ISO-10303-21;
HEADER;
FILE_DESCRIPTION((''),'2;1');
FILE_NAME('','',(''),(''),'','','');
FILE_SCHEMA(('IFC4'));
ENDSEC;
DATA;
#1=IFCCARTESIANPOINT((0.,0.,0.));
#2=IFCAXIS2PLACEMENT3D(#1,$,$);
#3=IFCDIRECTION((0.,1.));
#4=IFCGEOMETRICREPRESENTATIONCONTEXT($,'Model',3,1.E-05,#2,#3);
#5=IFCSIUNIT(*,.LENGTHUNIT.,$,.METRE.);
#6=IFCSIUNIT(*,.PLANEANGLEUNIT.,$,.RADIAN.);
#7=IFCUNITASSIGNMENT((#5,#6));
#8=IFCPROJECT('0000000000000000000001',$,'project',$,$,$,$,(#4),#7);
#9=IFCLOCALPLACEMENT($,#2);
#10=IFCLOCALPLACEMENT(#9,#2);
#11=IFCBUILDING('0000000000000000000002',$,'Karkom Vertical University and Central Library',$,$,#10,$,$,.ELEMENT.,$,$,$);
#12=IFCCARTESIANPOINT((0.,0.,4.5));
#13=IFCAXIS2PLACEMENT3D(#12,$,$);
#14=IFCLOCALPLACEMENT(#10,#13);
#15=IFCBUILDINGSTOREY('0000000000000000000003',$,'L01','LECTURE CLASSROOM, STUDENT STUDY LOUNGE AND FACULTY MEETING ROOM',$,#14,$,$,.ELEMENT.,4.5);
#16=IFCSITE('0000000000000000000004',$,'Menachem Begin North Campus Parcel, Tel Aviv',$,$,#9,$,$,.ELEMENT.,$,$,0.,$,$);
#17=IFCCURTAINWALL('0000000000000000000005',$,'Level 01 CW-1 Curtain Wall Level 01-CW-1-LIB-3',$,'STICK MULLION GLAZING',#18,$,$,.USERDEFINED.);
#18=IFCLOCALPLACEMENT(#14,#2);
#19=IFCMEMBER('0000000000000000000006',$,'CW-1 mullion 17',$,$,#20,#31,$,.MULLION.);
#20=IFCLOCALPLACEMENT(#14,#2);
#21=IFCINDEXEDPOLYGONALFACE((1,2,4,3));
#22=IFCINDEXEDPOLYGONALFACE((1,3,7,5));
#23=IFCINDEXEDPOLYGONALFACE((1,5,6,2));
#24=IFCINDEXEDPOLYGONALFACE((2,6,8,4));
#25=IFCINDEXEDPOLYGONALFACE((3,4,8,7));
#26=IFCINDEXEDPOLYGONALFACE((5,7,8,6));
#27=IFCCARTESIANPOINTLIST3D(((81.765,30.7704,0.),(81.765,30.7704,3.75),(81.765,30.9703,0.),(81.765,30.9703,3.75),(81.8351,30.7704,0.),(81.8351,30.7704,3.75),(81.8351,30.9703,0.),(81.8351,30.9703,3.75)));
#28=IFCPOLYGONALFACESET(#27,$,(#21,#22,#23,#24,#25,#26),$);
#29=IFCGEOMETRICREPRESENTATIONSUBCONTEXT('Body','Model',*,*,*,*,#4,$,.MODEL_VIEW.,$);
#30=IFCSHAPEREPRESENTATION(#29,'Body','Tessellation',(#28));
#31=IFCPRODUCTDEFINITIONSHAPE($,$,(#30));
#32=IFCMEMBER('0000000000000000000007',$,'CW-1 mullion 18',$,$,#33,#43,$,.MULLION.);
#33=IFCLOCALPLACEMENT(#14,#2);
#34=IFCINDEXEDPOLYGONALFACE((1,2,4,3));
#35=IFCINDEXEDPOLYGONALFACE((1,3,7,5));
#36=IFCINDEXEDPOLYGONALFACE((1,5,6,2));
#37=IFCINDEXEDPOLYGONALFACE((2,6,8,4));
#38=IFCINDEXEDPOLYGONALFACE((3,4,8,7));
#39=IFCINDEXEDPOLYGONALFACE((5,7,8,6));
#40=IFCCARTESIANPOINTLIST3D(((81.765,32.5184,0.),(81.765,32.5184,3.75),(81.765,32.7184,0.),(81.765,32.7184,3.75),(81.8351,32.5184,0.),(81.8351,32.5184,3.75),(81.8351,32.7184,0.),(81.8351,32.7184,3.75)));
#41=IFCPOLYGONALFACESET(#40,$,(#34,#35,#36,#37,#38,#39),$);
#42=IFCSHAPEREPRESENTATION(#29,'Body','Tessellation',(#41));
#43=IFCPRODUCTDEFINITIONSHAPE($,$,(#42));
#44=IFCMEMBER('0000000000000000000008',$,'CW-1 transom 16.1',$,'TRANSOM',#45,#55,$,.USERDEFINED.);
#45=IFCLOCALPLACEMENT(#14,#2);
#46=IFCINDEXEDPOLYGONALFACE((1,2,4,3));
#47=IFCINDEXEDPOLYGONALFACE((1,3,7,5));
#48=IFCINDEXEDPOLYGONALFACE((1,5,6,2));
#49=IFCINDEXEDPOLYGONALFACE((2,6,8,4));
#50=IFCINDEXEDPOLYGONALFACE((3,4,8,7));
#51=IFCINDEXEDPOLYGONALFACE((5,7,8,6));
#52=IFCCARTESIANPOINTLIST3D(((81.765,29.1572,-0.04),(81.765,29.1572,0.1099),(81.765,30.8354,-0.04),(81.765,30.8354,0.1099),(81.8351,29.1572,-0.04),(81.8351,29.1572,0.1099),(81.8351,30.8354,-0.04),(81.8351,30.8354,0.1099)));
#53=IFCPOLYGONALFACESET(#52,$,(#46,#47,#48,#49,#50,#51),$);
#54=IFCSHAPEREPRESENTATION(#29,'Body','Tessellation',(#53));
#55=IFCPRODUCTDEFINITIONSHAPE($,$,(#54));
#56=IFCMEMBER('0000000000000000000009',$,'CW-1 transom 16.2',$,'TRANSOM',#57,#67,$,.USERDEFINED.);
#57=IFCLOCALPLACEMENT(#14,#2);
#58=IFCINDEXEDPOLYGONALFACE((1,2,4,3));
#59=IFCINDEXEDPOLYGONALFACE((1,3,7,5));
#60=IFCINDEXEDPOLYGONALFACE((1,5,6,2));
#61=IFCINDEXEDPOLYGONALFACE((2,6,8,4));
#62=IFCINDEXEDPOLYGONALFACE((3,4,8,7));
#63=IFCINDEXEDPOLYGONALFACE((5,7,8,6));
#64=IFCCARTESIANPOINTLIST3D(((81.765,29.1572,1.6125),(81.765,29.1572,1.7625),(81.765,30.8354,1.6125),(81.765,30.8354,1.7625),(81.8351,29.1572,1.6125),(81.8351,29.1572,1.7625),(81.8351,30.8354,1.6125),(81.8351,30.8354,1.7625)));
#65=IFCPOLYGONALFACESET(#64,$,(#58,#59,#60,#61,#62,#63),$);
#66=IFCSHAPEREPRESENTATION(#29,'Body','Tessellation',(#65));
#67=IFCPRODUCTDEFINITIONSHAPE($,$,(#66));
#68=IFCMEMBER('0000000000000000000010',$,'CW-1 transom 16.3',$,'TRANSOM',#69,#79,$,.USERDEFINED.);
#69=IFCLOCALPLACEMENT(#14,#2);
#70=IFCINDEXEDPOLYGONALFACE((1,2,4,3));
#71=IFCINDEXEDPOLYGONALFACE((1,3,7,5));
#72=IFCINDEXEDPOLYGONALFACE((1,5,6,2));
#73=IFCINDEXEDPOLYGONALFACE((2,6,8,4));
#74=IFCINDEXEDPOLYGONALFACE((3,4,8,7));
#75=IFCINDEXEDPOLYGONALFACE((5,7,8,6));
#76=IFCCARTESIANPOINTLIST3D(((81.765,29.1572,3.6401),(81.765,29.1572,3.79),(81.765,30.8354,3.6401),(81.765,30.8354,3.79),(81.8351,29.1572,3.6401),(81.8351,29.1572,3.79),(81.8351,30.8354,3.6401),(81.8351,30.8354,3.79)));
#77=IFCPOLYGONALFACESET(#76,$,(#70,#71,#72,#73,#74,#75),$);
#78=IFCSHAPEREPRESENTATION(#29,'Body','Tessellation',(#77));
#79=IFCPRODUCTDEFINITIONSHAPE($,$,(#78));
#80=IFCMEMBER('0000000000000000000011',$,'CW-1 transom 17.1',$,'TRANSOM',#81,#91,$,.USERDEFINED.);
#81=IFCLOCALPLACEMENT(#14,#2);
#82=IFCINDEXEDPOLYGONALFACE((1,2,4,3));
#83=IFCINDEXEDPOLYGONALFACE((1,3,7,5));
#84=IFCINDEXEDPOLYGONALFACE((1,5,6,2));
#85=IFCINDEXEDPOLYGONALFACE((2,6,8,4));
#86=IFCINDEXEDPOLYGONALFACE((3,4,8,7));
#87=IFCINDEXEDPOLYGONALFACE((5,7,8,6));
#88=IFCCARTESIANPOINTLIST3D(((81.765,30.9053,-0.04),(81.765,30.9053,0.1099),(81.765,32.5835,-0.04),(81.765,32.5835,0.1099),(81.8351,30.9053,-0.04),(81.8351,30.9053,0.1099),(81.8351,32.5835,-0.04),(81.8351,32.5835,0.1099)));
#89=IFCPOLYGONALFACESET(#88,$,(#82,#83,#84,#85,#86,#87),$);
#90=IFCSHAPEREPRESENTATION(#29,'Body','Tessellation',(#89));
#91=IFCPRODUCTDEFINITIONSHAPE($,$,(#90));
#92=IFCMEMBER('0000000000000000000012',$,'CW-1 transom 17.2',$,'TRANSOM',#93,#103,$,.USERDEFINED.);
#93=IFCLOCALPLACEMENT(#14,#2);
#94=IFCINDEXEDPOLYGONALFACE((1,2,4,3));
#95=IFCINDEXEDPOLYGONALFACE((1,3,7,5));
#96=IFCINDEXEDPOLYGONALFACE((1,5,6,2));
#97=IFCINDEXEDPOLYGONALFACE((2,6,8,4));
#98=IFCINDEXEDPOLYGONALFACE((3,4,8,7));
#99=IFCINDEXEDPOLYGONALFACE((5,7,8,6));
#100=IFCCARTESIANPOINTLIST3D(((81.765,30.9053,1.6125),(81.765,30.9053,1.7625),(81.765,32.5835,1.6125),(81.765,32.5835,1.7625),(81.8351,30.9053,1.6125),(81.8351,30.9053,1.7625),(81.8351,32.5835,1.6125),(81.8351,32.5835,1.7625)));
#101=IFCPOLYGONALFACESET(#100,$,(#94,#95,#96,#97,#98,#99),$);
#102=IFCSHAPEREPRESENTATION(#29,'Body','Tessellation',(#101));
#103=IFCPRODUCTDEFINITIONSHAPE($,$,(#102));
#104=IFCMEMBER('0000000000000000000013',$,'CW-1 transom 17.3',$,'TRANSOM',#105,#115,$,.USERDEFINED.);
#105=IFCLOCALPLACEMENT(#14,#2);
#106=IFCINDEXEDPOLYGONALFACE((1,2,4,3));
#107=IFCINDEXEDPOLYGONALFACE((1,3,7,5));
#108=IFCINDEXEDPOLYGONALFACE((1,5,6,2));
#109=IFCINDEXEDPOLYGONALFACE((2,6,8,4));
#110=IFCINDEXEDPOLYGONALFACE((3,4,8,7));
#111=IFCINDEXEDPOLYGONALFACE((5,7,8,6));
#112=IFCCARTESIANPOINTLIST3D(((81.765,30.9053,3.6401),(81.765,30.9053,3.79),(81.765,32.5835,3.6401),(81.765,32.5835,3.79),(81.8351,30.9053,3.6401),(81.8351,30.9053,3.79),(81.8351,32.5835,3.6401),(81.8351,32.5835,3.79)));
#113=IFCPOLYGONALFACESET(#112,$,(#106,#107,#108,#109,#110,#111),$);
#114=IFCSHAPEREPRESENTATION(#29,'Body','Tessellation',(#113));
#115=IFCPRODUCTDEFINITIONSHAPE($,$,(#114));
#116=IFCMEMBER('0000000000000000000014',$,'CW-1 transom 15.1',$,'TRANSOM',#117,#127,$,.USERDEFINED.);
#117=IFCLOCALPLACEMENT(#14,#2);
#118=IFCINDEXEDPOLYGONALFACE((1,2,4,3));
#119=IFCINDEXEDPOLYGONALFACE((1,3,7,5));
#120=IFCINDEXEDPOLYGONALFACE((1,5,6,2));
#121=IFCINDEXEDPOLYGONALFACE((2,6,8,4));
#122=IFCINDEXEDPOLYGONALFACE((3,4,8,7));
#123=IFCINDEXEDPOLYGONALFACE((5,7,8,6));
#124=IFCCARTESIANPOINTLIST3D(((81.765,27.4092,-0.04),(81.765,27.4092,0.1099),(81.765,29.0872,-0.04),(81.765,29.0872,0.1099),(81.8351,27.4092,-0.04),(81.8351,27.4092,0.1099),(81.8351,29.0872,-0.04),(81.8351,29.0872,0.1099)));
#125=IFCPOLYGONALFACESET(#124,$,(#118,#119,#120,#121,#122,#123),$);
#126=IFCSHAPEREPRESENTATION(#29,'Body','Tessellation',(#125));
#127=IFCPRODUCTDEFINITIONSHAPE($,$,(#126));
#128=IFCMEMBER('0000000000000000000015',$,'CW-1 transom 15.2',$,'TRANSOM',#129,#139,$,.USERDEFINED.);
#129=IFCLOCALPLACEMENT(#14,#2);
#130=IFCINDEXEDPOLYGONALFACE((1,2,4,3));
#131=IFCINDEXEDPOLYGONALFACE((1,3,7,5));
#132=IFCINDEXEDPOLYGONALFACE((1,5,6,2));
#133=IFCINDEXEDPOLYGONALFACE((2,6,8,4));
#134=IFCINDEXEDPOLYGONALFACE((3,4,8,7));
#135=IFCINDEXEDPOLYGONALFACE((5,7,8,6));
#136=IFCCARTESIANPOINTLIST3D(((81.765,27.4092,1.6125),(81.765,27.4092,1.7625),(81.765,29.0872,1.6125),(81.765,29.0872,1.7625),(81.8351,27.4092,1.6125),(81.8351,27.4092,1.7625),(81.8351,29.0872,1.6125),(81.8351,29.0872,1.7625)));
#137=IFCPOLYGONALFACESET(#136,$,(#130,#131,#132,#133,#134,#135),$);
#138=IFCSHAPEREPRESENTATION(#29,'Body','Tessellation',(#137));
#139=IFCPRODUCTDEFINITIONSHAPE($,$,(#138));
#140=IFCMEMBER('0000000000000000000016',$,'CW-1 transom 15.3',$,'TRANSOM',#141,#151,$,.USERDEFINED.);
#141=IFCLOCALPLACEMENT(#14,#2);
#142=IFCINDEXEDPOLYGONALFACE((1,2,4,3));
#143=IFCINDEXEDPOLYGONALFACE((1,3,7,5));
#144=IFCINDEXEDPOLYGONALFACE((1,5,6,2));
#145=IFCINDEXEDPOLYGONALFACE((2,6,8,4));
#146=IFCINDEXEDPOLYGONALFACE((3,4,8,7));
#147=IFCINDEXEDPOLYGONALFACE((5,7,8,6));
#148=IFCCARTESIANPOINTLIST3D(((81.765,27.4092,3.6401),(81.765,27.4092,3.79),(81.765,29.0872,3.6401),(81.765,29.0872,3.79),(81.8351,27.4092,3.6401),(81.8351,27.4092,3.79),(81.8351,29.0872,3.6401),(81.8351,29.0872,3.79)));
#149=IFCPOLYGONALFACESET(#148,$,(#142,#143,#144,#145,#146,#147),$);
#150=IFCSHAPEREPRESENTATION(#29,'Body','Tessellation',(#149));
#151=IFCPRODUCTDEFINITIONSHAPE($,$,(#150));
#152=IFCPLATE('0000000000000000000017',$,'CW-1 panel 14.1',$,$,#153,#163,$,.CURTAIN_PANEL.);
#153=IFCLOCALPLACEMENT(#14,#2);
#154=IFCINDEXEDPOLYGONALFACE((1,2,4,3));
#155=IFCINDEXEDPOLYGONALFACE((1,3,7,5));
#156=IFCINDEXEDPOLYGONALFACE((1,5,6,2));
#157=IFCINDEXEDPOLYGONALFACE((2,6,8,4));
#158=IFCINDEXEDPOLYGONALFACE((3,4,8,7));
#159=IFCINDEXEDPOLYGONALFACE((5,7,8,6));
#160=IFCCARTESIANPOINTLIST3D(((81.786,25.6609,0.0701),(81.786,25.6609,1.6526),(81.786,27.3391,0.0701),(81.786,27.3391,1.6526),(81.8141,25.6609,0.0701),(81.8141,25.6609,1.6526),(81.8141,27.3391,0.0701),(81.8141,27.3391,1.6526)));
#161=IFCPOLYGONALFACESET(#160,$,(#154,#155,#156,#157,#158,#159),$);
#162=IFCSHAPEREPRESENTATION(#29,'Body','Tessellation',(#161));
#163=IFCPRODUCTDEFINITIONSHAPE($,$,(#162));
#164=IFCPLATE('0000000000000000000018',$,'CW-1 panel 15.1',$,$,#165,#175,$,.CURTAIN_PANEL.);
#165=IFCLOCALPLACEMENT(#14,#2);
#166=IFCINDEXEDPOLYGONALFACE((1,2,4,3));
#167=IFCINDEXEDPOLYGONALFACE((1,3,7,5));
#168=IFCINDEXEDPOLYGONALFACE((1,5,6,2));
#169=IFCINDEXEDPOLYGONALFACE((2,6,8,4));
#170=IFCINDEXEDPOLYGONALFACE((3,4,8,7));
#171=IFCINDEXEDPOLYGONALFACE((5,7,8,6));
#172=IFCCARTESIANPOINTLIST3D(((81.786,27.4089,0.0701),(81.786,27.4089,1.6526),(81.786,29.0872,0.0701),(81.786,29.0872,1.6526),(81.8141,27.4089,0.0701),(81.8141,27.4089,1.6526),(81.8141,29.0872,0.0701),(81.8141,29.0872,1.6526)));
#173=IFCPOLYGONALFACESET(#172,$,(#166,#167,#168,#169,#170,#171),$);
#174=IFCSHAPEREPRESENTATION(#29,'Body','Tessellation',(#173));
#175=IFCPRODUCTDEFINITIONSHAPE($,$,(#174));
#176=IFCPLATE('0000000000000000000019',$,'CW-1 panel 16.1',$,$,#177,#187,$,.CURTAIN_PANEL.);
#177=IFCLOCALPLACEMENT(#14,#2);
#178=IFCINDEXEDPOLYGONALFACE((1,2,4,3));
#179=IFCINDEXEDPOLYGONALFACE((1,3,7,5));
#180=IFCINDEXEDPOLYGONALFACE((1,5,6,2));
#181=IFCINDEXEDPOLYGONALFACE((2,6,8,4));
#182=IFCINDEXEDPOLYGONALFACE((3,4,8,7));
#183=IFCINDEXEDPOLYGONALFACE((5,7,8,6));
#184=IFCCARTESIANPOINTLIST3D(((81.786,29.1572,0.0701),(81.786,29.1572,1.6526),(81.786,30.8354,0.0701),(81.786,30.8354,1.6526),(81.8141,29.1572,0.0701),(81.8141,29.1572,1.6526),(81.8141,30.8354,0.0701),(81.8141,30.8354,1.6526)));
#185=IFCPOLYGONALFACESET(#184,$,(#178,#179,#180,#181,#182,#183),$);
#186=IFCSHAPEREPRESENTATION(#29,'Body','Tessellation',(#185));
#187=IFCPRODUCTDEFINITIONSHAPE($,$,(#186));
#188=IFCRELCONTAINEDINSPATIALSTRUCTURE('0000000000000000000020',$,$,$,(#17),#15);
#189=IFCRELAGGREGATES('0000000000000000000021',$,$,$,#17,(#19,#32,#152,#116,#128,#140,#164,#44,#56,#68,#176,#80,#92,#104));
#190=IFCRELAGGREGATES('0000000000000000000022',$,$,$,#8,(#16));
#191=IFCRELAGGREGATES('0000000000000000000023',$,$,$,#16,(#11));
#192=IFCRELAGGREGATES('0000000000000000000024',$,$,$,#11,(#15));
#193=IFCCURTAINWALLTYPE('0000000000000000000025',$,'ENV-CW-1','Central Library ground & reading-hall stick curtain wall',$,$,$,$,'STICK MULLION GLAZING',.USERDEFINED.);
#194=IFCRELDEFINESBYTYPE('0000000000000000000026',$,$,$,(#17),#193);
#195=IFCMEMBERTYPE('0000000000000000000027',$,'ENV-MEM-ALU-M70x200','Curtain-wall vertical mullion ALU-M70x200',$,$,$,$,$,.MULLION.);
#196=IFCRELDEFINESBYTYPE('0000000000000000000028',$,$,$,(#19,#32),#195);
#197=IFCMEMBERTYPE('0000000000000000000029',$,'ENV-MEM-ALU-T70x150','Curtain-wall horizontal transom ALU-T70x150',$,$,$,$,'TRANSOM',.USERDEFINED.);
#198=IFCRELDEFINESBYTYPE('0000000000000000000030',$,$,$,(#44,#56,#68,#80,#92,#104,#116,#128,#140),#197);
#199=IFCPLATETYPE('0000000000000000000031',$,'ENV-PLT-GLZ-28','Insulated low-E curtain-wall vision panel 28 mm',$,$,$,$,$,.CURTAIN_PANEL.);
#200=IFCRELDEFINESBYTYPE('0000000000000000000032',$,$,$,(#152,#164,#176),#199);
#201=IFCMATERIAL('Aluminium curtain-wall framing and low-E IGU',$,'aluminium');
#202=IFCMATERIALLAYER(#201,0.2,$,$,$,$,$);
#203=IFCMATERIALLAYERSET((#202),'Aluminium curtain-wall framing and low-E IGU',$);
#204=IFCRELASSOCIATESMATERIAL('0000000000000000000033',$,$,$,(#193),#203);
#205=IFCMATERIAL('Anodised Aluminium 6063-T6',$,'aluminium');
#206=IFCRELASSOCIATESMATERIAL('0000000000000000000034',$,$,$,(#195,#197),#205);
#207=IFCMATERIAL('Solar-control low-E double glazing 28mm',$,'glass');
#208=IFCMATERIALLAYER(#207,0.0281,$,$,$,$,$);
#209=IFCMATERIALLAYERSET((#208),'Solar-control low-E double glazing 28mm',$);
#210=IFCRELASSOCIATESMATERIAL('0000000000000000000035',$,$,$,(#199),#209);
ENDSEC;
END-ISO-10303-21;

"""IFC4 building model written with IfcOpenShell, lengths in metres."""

from ifc_helpers import new_model, si_unit, direction, frame, origin, origin_with_axes, origin_2d, place, context, subcontext, project, spatial, rectangle, extrude, source, transform, mapped, material, layer, layer_set, material_profile, profile_set, type_object, element, aggregate, save


model = new_model("IFC4")

# Units and contexts
model_context = context("Model", 3, precision=1e-05, world=origin(), true_north=direction((0.0, 1.0)))
body_context = subcontext(model_context, "Body", "Model", "MODEL_VIEW")
ifc_project = project(units=[si_unit("LENGTHUNIT", "METRE"), si_unit("PLANEANGLEUNIT", "RADIAN")], contexts=[model_context])

# Site, building, storey
site_placement = place(None, origin())
site = spatial("IfcSite", under=ifc_project, at=site_placement, Name="Menachem Begin North Campus Parcel, Tel Aviv", CompositionType="ELEMENT", RefElevation=0.0)
building_placement = place(site_placement, origin())
building = spatial("IfcBuilding", under=site, at=building_placement, Name="Karkom Vertical University and Central Library", CompositionType="ELEMENT")
storey_placement = place(building_placement, frame((0.0, 0.0, 4.5)))
storey = spatial("IfcBuildingStorey", under=building, at=storey_placement, Name="L01", Description="LECTURE CLASSROOM, STUDENT STUDY LOUNGE AND FACULTY MEETING ROOM", CompositionType="ELEMENT", Elevation=4.5)

# Curtain wall, members, plates
ifc_material_1 = material(Name="Aluminium curtain-wall framing and low-E IGU", Category="aluminium")
ifc_layer_1 = layer(ifc_material_1, 0.2)
ifc_layer_set_1 = layer_set([ifc_layer_1], Name="Aluminium curtain-wall framing and low-E IGU")
curtain_wall_type = type_object("IfcCurtainWallType", Name="ENV-CW-1", Description="Central Library ground & reading-hall stick curtain wall", ElementType="STICK MULLION GLAZING", PredefinedType="USERDEFINED", material=ifc_layer_set_1)
curtain_wall_placement = place(storey_placement, origin())
curtain_wall = element("IfcCurtainWall", 1, at=curtain_wall_placement, inside=storey, type_object=curtain_wall_type, Name="Level 01 CW-1 Curtain Wall Level 01-CW-1-LIB-3", ObjectType="STICK MULLION GLAZING", PredefinedType="USERDEFINED")
ifc_material_2 = material(Name="Anodised Aluminium 6063-T6", Category="aluminium")
ifc_material_profile_1 = material_profile(ifc_material_2, rectangle(XDim=0.0701, YDim=0.2, at=origin_2d()), Name="ALU-M70x200")
ifc_profile_set_1 = profile_set([ifc_material_profile_1], Name="Anodised Aluminium 6063-T6")
member_type_1 = type_object("IfcMemberType", Name="ENV-MEM-ALU-M70x200", Description="Curtain-wall vertical mullion ALU-M70x200", PredefinedType="MULLION", material=ifc_profile_set_1)
shared_shape_1 = source(origin_with_axes(), body_context, "Body", "SweptSolid", [
    extrude(rectangle(XDim=0.0701, YDim=0.2, at=origin_2d()), origin(), (0.0, 0.0, 1.0), 3.75),
])
member_1_placement = place(storey_placement, frame((81.8, 30.8704, 0.0), z_axis=(0.0, 0.0, 1.0), x_axis=(-1.0, 0.0, 0.0)))
member_1 = element("IfcMember", 2, at=member_1_placement, type_object=member_type_1, Name="CW-1 mullion 17", PredefinedType="MULLION", context=body_context, shape_type="MappedRepresentation", body=[
    mapped(shared_shape_1, transform((0.0, 0.0, 0.0), scale=1.0)),
])
member_2_placement = place(storey_placement, frame((81.8, 32.6184, 0.0), z_axis=(0.0, 0.0, 1.0), x_axis=(-1.0, 0.0, 0.0)))
member_2 = element("IfcMember", 3, at=member_2_placement, type_object=member_type_1, Name="CW-1 mullion 18", PredefinedType="MULLION", context=body_context, shape_type="MappedRepresentation", body=[
    mapped(shared_shape_1, transform((0.0, 0.0, 0.0), scale=1.0)),
])
ifc_material_profile_2 = material_profile(ifc_material_2, rectangle(XDim=0.0701, YDim=0.1499, at=origin_2d()), Name="ALU-T70x150")
ifc_profile_set_2 = profile_set([ifc_material_profile_2], Name="Anodised Aluminium 6063-T6")
member_type_2 = type_object("IfcMemberType", Name="ENV-MEM-ALU-T70x150", Description="Curtain-wall horizontal transom ALU-T70x150", ElementType="TRANSOM", PredefinedType="USERDEFINED", material=ifc_profile_set_2)
shared_shape_2 = source(origin_with_axes(), body_context, "Body", "SweptSolid", [
    extrude(rectangle(XDim=0.0701, YDim=0.1499, at=origin_2d()), origin(), (0.0, 0.0, 1.0), 1.6782),
])
member_3_placement = place(storey_placement, frame((81.8, 29.1572, 0.0349), z_axis=(0.0, 1.0, 0.0), x_axis=(-1.0, 0.0, 0.0)))
member_3 = element("IfcMember", 4, at=member_3_placement, type_object=member_type_2, Name="CW-1 transom 16.1", ObjectType="TRANSOM", PredefinedType="USERDEFINED", context=body_context, shape_type="MappedRepresentation", body=[
    mapped(shared_shape_2, transform((0.0, 0.0, 0.0), scale=1.0)),
])
member_4_placement = place(storey_placement, frame((81.8, 29.1572, 1.6875), z_axis=(0.0, 1.0, 0.0), x_axis=(-1.0, 0.0, 0.0)))
member_4 = element("IfcMember", 5, at=member_4_placement, type_object=member_type_2, Name="CW-1 transom 16.2", ObjectType="TRANSOM", PredefinedType="USERDEFINED", context=body_context, shape_type="MappedRepresentation", body=[
    mapped(shared_shape_2, transform((0.0, 0.0, 0.0), scale=1.0)),
])
member_5_placement = place(storey_placement, frame((81.8, 29.1572, 3.7151), z_axis=(0.0, 1.0, 0.0), x_axis=(-1.0, 0.0, 0.0)))
member_5 = element("IfcMember", 6, at=member_5_placement, type_object=member_type_2, Name="CW-1 transom 16.3", ObjectType="TRANSOM", PredefinedType="USERDEFINED", context=body_context, shape_type="MappedRepresentation", body=[
    mapped(shared_shape_2, transform((0.0, 0.0, 0.0), scale=1.0)),
])
member_6_placement = place(storey_placement, frame((81.8, 30.9053, 0.0349), z_axis=(0.0, 1.0, 0.0), x_axis=(-1.0, 0.0, 0.0)))
member_6 = element("IfcMember", 7, at=member_6_placement, type_object=member_type_2, Name="CW-1 transom 17.1", ObjectType="TRANSOM", PredefinedType="USERDEFINED", context=body_context, shape_type="MappedRepresentation", body=[
    mapped(shared_shape_2, transform((0.0, 0.0, 0.0), scale=1.0)),
])
member_7_placement = place(storey_placement, frame((81.8, 30.9053, 1.6875), z_axis=(0.0, 1.0, 0.0), x_axis=(-1.0, 0.0, 0.0)))
member_7 = element("IfcMember", 8, at=member_7_placement, type_object=member_type_2, Name="CW-1 transom 17.2", ObjectType="TRANSOM", PredefinedType="USERDEFINED", context=body_context, shape_type="MappedRepresentation", body=[
    mapped(shared_shape_2, transform((0.0, 0.0, 0.0), scale=1.0)),
])
member_8_placement = place(storey_placement, frame((81.8, 30.9053, 3.7151), z_axis=(0.0, 1.0, 0.0), x_axis=(-1.0, 0.0, 0.0)))
member_8 = element("IfcMember", 9, at=member_8_placement, type_object=member_type_2, Name="CW-1 transom 17.3", ObjectType="TRANSOM", PredefinedType="USERDEFINED", context=body_context, shape_type="MappedRepresentation", body=[
    mapped(shared_shape_2, transform((0.0, 0.0, 0.0), scale=1.0)),
])
shared_shape_3 = source(origin_with_axes(), body_context, "Body", "SweptSolid", [
    extrude(rectangle(XDim=0.0701, YDim=0.1499, at=origin_2d()), origin(), (0.0, 0.0, 1.0), 1.678),
])
member_9_placement = place(storey_placement, frame((81.8, 27.4092, 0.0349), z_axis=(0.0, 1.0, 0.0), x_axis=(-1.0, 0.0, 0.0)))
member_9 = element("IfcMember", 10, at=member_9_placement, type_object=member_type_2, Name="CW-1 transom 15.1", ObjectType="TRANSOM", PredefinedType="USERDEFINED", context=body_context, shape_type="MappedRepresentation", body=[
    mapped(shared_shape_3, transform((0.0, 0.0, 0.0), scale=1.0)),
])
member_10_placement = place(storey_placement, frame((81.8, 27.4092, 1.6875), z_axis=(0.0, 1.0, 0.0), x_axis=(-1.0, 0.0, 0.0)))
member_10 = element("IfcMember", 11, at=member_10_placement, type_object=member_type_2, Name="CW-1 transom 15.2", ObjectType="TRANSOM", PredefinedType="USERDEFINED", context=body_context, shape_type="MappedRepresentation", body=[
    mapped(shared_shape_3, transform((0.0, 0.0, 0.0), scale=1.0)),
])
member_11_placement = place(storey_placement, frame((81.8, 27.4092, 3.7151), z_axis=(0.0, 1.0, 0.0), x_axis=(-1.0, 0.0, 0.0)))
member_11 = element("IfcMember", 12, at=member_11_placement, type_object=member_type_2, Name="CW-1 transom 15.3", ObjectType="TRANSOM", PredefinedType="USERDEFINED", context=body_context, shape_type="MappedRepresentation", body=[
    mapped(shared_shape_3, transform((0.0, 0.0, 0.0), scale=1.0)),
])
ifc_material_3 = material(Name="Solar-control low-E double glazing 28mm", Category="glass")
ifc_layer_2 = layer(ifc_material_3, 0.0281)
ifc_layer_set_2 = layer_set([ifc_layer_2], Name="Solar-control low-E double glazing 28mm")
plate_type = type_object("IfcPlateType", Name="ENV-PLT-GLZ-28", Description="Insulated low-E curtain-wall vision panel 28 mm", PredefinedType="CURTAIN_PANEL", material=ifc_layer_set_2)
shared_shape_4 = source(origin_with_axes(), body_context, "Body", "SweptSolid", [
    extrude(rectangle(XDim=1.6782, YDim=0.0281, at=origin_2d()), origin(), (0.0, 0.0, 1.0), 1.5825),
])
plate_1_placement = place(storey_placement, frame((81.8, 26.5, 0.0701), z_axis=(0.0, 0.0, 1.0), x_axis=(0.0, 1.0, 0.0)))
plate_1 = element("IfcPlate", 13, at=plate_1_placement, type_object=plate_type, Name="CW-1 panel 14.1", PredefinedType="CURTAIN_PANEL", context=body_context, shape_type="MappedRepresentation", body=[
    mapped(shared_shape_4, transform((0.0, 0.0, 0.0), scale=1.0)),
])
plate_2_placement = place(storey_placement, frame((81.8, 28.248, 0.0701), z_axis=(0.0, 0.0, 1.0), x_axis=(0.0, 1.0, 0.0)))
plate_2 = element("IfcPlate", 14, at=plate_2_placement, type_object=plate_type, Name="CW-1 panel 15.1", PredefinedType="CURTAIN_PANEL", context=body_context, shape_type="MappedRepresentation", body=[
    mapped(shared_shape_4, transform((0.0, 0.0, 0.0), scale=1.0)),
])
plate_3_placement = place(storey_placement, frame((81.8, 29.9963, 0.0701), z_axis=(0.0, 0.0, 1.0), x_axis=(0.0, 1.0, 0.0)))
plate_3 = element("IfcPlate", 15, at=plate_3_placement, type_object=plate_type, Name="CW-1 panel 16.1", PredefinedType="CURTAIN_PANEL", context=body_context, shape_type="MappedRepresentation", body=[
    mapped(shared_shape_4, transform((0.0, 0.0, 0.0), scale=1.0)),
])
aggregate(curtain_wall, [member_1, member_2, plate_1, member_9, member_10, member_11, plate_2, member_3, member_4, member_5, plate_3, member_6, member_7, member_8])

save(model, "model.ifc")
